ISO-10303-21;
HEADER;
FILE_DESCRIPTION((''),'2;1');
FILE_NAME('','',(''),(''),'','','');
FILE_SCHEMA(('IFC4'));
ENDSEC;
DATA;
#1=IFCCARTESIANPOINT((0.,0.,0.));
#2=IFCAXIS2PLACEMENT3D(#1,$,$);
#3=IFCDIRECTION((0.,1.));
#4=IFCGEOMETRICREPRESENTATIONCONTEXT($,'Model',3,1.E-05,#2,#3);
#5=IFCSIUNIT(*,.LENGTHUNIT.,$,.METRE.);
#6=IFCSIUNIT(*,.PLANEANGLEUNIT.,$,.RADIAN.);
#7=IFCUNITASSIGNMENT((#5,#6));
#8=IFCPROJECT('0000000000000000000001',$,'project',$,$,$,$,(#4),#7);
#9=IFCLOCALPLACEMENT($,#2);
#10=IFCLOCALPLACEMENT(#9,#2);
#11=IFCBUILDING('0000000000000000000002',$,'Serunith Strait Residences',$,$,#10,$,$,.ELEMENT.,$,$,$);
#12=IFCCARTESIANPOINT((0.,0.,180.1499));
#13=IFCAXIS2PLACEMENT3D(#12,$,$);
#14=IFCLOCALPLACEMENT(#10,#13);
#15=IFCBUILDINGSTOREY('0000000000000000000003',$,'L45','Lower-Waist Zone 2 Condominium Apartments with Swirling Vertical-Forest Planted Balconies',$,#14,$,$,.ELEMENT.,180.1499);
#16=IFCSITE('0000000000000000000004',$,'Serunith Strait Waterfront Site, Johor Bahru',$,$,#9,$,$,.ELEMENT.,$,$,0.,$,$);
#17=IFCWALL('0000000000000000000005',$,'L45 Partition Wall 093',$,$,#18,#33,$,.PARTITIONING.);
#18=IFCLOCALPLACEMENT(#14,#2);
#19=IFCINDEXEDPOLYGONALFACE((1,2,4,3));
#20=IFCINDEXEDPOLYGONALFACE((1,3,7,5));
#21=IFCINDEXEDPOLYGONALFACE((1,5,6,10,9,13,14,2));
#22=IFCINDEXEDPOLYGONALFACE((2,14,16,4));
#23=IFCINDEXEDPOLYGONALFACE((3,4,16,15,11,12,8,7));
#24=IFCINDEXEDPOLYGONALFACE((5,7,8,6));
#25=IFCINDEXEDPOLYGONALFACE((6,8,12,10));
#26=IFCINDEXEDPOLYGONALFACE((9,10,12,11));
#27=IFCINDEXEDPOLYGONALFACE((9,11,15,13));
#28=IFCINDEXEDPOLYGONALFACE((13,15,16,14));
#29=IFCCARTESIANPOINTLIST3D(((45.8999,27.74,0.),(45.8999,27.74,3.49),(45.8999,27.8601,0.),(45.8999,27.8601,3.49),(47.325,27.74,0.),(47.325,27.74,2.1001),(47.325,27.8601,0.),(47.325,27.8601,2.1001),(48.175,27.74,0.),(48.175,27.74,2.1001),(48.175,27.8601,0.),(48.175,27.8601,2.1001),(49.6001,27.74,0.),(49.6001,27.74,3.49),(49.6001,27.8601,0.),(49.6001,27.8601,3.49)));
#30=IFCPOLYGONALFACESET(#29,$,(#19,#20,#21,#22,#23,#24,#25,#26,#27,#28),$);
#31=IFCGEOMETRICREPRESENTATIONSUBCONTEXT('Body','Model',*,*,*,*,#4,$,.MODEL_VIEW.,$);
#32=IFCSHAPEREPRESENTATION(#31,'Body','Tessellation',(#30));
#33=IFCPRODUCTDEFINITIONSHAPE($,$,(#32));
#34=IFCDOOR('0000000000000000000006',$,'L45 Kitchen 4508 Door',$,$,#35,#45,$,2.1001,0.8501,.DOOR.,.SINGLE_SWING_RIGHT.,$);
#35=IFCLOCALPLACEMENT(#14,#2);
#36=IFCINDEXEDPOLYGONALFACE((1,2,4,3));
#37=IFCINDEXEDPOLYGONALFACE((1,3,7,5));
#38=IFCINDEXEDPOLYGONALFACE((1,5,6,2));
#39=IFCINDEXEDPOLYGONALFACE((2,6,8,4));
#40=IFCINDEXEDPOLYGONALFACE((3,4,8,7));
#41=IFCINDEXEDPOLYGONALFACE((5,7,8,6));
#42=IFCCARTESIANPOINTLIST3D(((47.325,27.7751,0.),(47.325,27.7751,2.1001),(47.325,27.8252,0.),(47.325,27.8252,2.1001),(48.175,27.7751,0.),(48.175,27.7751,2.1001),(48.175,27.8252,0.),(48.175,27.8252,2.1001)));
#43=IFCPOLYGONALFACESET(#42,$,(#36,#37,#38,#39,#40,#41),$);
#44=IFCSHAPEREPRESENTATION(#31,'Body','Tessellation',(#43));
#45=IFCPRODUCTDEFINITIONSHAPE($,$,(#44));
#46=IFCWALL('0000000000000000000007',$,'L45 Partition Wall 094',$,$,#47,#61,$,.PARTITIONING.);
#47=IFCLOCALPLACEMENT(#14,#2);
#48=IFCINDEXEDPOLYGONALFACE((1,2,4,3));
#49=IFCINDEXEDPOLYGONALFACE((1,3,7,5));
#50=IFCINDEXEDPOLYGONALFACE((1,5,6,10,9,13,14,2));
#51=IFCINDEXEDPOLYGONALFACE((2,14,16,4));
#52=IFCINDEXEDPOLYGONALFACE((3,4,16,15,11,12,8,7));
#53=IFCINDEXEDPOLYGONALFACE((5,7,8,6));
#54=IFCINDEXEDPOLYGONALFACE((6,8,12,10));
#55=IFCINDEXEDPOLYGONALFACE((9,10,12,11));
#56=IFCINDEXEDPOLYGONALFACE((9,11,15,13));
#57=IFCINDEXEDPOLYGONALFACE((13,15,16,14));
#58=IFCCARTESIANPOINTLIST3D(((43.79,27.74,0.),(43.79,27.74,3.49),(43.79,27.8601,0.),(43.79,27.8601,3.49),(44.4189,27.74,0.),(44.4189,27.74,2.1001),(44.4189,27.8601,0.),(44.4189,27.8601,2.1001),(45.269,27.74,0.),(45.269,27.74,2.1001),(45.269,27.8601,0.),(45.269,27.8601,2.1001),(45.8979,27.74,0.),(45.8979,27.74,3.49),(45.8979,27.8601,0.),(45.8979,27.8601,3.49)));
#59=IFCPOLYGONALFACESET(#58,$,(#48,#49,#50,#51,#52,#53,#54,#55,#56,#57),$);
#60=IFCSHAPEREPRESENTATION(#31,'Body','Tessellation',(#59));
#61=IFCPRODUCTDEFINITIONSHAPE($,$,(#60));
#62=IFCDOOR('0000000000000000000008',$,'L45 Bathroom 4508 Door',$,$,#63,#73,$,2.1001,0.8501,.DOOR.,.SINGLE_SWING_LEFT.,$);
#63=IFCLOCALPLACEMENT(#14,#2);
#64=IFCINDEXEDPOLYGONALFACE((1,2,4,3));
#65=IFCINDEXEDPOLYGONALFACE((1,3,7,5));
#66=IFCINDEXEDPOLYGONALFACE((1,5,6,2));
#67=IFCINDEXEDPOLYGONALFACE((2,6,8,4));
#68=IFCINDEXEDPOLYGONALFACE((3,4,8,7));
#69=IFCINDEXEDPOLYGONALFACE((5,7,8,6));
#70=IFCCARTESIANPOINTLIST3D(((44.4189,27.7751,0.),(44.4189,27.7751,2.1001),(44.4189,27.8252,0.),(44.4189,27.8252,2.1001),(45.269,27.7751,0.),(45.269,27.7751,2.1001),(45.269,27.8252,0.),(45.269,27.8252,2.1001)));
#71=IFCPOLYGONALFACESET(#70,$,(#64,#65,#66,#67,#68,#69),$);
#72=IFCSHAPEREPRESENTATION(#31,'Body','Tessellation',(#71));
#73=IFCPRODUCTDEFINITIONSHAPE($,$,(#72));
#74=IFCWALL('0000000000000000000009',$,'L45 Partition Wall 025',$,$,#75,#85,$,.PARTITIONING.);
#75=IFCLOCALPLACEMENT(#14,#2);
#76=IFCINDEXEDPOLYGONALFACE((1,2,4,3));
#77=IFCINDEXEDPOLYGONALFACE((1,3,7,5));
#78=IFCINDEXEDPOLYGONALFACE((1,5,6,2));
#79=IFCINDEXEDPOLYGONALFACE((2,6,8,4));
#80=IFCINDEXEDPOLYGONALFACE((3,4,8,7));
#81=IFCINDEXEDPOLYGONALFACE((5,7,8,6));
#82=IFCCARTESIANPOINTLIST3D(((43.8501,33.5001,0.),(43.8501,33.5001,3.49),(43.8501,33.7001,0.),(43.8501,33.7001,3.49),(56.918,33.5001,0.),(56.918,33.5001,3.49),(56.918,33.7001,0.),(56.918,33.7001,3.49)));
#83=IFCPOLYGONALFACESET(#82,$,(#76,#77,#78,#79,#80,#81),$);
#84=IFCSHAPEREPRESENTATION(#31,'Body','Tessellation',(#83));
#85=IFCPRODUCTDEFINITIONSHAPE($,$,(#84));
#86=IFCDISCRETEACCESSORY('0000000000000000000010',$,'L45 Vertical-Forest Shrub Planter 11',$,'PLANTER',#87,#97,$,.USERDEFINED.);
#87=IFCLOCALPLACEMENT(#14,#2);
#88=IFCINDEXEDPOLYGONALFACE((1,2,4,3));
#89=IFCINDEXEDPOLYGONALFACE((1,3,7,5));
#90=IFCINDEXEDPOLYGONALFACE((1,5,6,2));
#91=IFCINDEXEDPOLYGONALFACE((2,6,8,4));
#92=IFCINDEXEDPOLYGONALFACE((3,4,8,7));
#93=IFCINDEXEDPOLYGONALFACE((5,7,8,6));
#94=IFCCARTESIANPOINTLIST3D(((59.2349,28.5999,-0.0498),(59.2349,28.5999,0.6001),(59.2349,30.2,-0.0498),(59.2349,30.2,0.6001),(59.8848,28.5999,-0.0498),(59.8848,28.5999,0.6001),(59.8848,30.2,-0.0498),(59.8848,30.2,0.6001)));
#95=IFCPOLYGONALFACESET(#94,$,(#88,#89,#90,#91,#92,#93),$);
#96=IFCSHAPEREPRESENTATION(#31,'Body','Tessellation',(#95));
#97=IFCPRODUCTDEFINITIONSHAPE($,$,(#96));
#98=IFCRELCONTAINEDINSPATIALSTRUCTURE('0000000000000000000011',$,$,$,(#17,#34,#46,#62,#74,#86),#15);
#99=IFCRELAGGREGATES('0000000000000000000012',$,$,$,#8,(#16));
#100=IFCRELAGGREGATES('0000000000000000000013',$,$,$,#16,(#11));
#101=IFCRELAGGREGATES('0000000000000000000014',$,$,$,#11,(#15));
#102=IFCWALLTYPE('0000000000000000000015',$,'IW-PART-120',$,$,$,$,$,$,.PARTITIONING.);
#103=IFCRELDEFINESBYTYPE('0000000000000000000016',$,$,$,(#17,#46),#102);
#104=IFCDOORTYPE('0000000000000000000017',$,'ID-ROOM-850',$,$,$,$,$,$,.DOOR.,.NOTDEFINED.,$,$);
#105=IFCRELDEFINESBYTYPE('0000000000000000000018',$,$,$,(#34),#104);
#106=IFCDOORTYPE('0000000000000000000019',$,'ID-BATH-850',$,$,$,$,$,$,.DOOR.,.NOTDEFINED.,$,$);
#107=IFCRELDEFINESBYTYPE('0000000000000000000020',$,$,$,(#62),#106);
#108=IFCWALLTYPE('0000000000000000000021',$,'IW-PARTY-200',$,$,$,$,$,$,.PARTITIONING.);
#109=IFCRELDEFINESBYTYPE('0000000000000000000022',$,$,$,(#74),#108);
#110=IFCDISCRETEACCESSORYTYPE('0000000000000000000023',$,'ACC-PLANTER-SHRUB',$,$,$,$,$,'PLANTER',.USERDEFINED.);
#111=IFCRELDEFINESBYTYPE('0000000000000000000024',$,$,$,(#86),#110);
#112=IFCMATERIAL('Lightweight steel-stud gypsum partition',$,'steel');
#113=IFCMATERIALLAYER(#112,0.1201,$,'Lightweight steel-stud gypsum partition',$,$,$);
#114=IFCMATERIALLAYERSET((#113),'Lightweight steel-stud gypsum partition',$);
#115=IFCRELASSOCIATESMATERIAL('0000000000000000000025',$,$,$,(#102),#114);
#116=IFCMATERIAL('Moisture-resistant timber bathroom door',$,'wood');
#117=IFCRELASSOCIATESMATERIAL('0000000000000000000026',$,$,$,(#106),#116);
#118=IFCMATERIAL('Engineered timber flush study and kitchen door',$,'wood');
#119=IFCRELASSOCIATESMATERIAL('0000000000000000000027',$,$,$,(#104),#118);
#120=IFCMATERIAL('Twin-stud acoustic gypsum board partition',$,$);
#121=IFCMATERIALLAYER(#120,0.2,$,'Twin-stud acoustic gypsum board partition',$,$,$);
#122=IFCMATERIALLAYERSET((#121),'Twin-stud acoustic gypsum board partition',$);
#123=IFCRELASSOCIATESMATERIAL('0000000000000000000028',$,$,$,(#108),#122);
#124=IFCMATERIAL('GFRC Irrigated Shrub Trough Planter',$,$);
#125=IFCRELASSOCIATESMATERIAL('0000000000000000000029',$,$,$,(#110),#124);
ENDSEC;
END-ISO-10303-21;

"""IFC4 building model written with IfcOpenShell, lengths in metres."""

from ifc_helpers import new_model, si_unit, direction, frame, frame_2d, origin, origin_2d, place, context, subcontext, project, spatial, rectangle, extrude, source, transform, mapped, material, layer, layer_set, type_object, element, fill, save


model = new_model("IFC4")

# Units and contexts
model_context = context("Model", 3, precision=1e-05, world=origin(), true_north=direction((0.0, 1.0)))
body_context = subcontext(model_context, "Body", "Model", "MODEL_VIEW")
ifc_project = project(units=[si_unit("LENGTHUNIT", "METRE"), si_unit("PLANEANGLEUNIT", "RADIAN")], contexts=[model_context])

# Site, building, storey
site_placement = place(None, origin())
site = spatial("IfcSite", under=ifc_project, at=site_placement, Name="Serunith Strait Waterfront Site, Johor Bahru", CompositionType="ELEMENT", RefElevation=0.0)
building_placement = place(site_placement, origin())
building = spatial("IfcBuilding", under=site, at=building_placement, Name="Serunith Strait Residences", CompositionType="ELEMENT")
storey_placement = place(building_placement, frame((0.0, 0.0, 180.1499)))
storey = spatial("IfcBuildingStorey", under=building, at=storey_placement, Name="L45", Description="Lower-Waist Zone 2 Condominium Apartments with Swirling Vertical-Forest Planted Balconies", CompositionType="ELEMENT", Elevation=180.1499)

# Shared definitions
ifc_material_1 = material(Name="Lightweight steel-stud gypsum partition", Category="steel")
ifc_layer_1 = layer(ifc_material_1, 0.1201, Name="Lightweight steel-stud gypsum partition")
ifc_layer_set_1 = layer_set([ifc_layer_1], Name="Lightweight steel-stud gypsum partition")
wall_type_1 = type_object("IfcWallType", Name="IW-PART-120", PredefinedType="PARTITIONING", material=ifc_layer_set_1)

# Shared definitions
ifc_material_2 = material(Name="Moisture-resistant timber bathroom door", Category="wood")
door_type_1 = type_object("IfcDoorType", Name="ID-BATH-850", OperationType="NOTDEFINED", PredefinedType="DOOR", material=ifc_material_2)
shared_shape_1 = source(origin(), body_context, "Body", "SweptSolid", [
    extrude(rectangle(XDim=0.8501, YDim=2.1001, at=frame_2d((0.425, 1.05))), frame((0.0, 0.0249, 0.0), z_axis=(0.0, -1.0, 0.0), x_axis=(1.0, 0.0, 0.0)), (0.0, 0.0, 1.0), 0.05),
])

# Walls, openings, doors
wall_1_placement = place(storey_placement, frame((49.6001, 27.8, 0.0), z_axis=(0.0, 0.0, 1.0), x_axis=(-1.0, 0.0, 0.0)))
wall_1 = element("IfcWall", 1, at=wall_1_placement, inside=storey, type_object=wall_type_1, Name="L45 Partition Wall 093", PredefinedType="PARTITIONING", context=body_context, shape_type="SweptSolid", body=[
    extrude(rectangle(XDim=3.7002, YDim=0.1201, at=frame_2d((1.8501, 0.0))), origin(), (0.0, 0.0, 1.0), 3.49),
])
opening_1_placement = place(wall_1_placement, frame((1.425, 0.0, 0.0)))
opening_1 = element("IfcOpeningElement", 2, at=opening_1_placement, cuts=wall_1, PredefinedType="OPENING", context=body_context, shape_type="SweptSolid", body=[
    extrude(rectangle(XDim=0.8501, YDim=2.1001, at=frame_2d((0.425, 1.05))), frame((0.0, 0.0701, 0.0), z_axis=(0.0, -1.0, 0.0), x_axis=(1.0, 0.0, 0.0)), (0.0, 0.0, 1.0), 0.1401),
])
ifc_material_3 = material(Name="Engineered timber flush study and kitchen door", Category="wood")
door_type_2 = type_object("IfcDoorType", Name="ID-ROOM-850", OperationType="NOTDEFINED", PredefinedType="DOOR", material=ifc_material_3)
door_1_placement = place(opening_1_placement, origin())
door_1 = element("IfcDoor", 3, at=door_1_placement, inside=storey, type_object=door_type_2, Name="L45 Kitchen 4508 Door", OperationType="SINGLE_SWING_RIGHT", OverallHeight=2.1001, OverallWidth=0.8501, PredefinedType="DOOR", context=body_context, shape_type="MappedRepresentation", body=[
    mapped(shared_shape_1, transform((0.0, 0.0, 0.0), scale=1.0)),
])
fill(opening_1, door_1)
wall_2_placement = place(storey_placement, frame((45.8979, 27.8, 0.0), z_axis=(0.0, 0.0, 1.0), x_axis=(-1.0, 0.0, 0.0)))
wall_2 = element("IfcWall", 4, at=wall_2_placement, inside=storey, type_object=wall_type_1, Name="L45 Partition Wall 094", PredefinedType="PARTITIONING", context=body_context, shape_type="SweptSolid", body=[
    extrude(rectangle(XDim=2.1079, YDim=0.1201, at=frame_2d((1.054, 0.0))), origin(), (0.0, 0.0, 1.0), 3.49),
])
opening_2_placement = place(wall_2_placement, frame((0.6289, 0.0, 0.0)))
opening_2 = element("IfcOpeningElement", 5, at=opening_2_placement, cuts=wall_2, PredefinedType="OPENING", context=body_context, shape_type="SweptSolid", body=[
    extrude(rectangle(XDim=0.8501, YDim=2.1001, at=frame_2d((0.425, 1.05))), frame((0.0, 0.0701, 0.0), z_axis=(0.0, -1.0, 0.0), x_axis=(1.0, 0.0, 0.0)), (0.0, 0.0, 1.0), 0.1401),
])
door_2_placement = place(opening_2_placement, origin())
door_2 = element("IfcDoor", 6, at=door_2_placement, inside=storey, type_object=door_type_1, Name="L45 Bathroom 4508 Door", OperationType="SINGLE_SWING_LEFT", OverallHeight=2.1001, OverallWidth=0.8501, PredefinedType="DOOR", context=body_context, shape_type="MappedRepresentation", body=[
    mapped(shared_shape_1, transform((0.0, 0.0, 0.0), scale=1.0)),
])
fill(opening_2, door_2)

# Wall
ifc_material_4 = material(Name="Twin-stud acoustic gypsum board partition")
ifc_layer_2 = layer(ifc_material_4, 0.2, Name="Twin-stud acoustic gypsum board partition")
ifc_layer_set_2 = layer_set([ifc_layer_2], Name="Twin-stud acoustic gypsum board partition")
wall_type_2 = type_object("IfcWallType", Name="IW-PARTY-200", PredefinedType="PARTITIONING", material=ifc_layer_set_2)
wall_3_placement = place(storey_placement, frame((43.8501, 33.6001, 0.0), z_axis=(0.0, 0.0, 1.0), x_axis=(1.0, 0.0, 0.0)))
element("IfcWall", 7, at=wall_3_placement, inside=storey, type_object=wall_type_2, Name="L45 Partition Wall 025", PredefinedType="PARTITIONING", context=body_context, shape_type="SweptSolid", body=[
    extrude(rectangle(XDim=13.0679, YDim=0.2, at=frame_2d((6.5339, 0.0))), origin(), (0.0, 0.0, 1.0), 3.49),
])

# Discrete accessory
ifc_material_5 = material(Name="GFRC Irrigated Shrub Trough Planter")
discrete_accessory_type = type_object("IfcDiscreteAccessoryType", Name="ACC-PLANTER-SHRUB", ElementType="PLANTER", PredefinedType="USERDEFINED", material=ifc_material_5)
shared_shape_2 = source(origin(), body_context, "Body", "SweptSolid", [
    extrude(rectangle(XDim=1.6001, YDim=0.6499, at=origin_2d()), origin(), (0.0, 0.0, 1.0), 0.6499),
])
discrete_accessory_placement = place(storey_placement, frame((59.5598, 29.3999, -0.0498), z_axis=(0.0, 0.0, 1.0), x_axis=(0.0, 1.0, 0.0)))
element("IfcDiscreteAccessory", 8, at=discrete_accessory_placement, inside=storey, type_object=discrete_accessory_type, Name="L45 Vertical-Forest Shrub Planter 11", ObjectType="PLANTER", PredefinedType="USERDEFINED", context=body_context, shape_type="MappedRepresentation", body=[
    mapped(shared_shape_2, transform((0.0, 0.0, 0.0), scale=1.0)),
])

save(model, "model.ifc")
